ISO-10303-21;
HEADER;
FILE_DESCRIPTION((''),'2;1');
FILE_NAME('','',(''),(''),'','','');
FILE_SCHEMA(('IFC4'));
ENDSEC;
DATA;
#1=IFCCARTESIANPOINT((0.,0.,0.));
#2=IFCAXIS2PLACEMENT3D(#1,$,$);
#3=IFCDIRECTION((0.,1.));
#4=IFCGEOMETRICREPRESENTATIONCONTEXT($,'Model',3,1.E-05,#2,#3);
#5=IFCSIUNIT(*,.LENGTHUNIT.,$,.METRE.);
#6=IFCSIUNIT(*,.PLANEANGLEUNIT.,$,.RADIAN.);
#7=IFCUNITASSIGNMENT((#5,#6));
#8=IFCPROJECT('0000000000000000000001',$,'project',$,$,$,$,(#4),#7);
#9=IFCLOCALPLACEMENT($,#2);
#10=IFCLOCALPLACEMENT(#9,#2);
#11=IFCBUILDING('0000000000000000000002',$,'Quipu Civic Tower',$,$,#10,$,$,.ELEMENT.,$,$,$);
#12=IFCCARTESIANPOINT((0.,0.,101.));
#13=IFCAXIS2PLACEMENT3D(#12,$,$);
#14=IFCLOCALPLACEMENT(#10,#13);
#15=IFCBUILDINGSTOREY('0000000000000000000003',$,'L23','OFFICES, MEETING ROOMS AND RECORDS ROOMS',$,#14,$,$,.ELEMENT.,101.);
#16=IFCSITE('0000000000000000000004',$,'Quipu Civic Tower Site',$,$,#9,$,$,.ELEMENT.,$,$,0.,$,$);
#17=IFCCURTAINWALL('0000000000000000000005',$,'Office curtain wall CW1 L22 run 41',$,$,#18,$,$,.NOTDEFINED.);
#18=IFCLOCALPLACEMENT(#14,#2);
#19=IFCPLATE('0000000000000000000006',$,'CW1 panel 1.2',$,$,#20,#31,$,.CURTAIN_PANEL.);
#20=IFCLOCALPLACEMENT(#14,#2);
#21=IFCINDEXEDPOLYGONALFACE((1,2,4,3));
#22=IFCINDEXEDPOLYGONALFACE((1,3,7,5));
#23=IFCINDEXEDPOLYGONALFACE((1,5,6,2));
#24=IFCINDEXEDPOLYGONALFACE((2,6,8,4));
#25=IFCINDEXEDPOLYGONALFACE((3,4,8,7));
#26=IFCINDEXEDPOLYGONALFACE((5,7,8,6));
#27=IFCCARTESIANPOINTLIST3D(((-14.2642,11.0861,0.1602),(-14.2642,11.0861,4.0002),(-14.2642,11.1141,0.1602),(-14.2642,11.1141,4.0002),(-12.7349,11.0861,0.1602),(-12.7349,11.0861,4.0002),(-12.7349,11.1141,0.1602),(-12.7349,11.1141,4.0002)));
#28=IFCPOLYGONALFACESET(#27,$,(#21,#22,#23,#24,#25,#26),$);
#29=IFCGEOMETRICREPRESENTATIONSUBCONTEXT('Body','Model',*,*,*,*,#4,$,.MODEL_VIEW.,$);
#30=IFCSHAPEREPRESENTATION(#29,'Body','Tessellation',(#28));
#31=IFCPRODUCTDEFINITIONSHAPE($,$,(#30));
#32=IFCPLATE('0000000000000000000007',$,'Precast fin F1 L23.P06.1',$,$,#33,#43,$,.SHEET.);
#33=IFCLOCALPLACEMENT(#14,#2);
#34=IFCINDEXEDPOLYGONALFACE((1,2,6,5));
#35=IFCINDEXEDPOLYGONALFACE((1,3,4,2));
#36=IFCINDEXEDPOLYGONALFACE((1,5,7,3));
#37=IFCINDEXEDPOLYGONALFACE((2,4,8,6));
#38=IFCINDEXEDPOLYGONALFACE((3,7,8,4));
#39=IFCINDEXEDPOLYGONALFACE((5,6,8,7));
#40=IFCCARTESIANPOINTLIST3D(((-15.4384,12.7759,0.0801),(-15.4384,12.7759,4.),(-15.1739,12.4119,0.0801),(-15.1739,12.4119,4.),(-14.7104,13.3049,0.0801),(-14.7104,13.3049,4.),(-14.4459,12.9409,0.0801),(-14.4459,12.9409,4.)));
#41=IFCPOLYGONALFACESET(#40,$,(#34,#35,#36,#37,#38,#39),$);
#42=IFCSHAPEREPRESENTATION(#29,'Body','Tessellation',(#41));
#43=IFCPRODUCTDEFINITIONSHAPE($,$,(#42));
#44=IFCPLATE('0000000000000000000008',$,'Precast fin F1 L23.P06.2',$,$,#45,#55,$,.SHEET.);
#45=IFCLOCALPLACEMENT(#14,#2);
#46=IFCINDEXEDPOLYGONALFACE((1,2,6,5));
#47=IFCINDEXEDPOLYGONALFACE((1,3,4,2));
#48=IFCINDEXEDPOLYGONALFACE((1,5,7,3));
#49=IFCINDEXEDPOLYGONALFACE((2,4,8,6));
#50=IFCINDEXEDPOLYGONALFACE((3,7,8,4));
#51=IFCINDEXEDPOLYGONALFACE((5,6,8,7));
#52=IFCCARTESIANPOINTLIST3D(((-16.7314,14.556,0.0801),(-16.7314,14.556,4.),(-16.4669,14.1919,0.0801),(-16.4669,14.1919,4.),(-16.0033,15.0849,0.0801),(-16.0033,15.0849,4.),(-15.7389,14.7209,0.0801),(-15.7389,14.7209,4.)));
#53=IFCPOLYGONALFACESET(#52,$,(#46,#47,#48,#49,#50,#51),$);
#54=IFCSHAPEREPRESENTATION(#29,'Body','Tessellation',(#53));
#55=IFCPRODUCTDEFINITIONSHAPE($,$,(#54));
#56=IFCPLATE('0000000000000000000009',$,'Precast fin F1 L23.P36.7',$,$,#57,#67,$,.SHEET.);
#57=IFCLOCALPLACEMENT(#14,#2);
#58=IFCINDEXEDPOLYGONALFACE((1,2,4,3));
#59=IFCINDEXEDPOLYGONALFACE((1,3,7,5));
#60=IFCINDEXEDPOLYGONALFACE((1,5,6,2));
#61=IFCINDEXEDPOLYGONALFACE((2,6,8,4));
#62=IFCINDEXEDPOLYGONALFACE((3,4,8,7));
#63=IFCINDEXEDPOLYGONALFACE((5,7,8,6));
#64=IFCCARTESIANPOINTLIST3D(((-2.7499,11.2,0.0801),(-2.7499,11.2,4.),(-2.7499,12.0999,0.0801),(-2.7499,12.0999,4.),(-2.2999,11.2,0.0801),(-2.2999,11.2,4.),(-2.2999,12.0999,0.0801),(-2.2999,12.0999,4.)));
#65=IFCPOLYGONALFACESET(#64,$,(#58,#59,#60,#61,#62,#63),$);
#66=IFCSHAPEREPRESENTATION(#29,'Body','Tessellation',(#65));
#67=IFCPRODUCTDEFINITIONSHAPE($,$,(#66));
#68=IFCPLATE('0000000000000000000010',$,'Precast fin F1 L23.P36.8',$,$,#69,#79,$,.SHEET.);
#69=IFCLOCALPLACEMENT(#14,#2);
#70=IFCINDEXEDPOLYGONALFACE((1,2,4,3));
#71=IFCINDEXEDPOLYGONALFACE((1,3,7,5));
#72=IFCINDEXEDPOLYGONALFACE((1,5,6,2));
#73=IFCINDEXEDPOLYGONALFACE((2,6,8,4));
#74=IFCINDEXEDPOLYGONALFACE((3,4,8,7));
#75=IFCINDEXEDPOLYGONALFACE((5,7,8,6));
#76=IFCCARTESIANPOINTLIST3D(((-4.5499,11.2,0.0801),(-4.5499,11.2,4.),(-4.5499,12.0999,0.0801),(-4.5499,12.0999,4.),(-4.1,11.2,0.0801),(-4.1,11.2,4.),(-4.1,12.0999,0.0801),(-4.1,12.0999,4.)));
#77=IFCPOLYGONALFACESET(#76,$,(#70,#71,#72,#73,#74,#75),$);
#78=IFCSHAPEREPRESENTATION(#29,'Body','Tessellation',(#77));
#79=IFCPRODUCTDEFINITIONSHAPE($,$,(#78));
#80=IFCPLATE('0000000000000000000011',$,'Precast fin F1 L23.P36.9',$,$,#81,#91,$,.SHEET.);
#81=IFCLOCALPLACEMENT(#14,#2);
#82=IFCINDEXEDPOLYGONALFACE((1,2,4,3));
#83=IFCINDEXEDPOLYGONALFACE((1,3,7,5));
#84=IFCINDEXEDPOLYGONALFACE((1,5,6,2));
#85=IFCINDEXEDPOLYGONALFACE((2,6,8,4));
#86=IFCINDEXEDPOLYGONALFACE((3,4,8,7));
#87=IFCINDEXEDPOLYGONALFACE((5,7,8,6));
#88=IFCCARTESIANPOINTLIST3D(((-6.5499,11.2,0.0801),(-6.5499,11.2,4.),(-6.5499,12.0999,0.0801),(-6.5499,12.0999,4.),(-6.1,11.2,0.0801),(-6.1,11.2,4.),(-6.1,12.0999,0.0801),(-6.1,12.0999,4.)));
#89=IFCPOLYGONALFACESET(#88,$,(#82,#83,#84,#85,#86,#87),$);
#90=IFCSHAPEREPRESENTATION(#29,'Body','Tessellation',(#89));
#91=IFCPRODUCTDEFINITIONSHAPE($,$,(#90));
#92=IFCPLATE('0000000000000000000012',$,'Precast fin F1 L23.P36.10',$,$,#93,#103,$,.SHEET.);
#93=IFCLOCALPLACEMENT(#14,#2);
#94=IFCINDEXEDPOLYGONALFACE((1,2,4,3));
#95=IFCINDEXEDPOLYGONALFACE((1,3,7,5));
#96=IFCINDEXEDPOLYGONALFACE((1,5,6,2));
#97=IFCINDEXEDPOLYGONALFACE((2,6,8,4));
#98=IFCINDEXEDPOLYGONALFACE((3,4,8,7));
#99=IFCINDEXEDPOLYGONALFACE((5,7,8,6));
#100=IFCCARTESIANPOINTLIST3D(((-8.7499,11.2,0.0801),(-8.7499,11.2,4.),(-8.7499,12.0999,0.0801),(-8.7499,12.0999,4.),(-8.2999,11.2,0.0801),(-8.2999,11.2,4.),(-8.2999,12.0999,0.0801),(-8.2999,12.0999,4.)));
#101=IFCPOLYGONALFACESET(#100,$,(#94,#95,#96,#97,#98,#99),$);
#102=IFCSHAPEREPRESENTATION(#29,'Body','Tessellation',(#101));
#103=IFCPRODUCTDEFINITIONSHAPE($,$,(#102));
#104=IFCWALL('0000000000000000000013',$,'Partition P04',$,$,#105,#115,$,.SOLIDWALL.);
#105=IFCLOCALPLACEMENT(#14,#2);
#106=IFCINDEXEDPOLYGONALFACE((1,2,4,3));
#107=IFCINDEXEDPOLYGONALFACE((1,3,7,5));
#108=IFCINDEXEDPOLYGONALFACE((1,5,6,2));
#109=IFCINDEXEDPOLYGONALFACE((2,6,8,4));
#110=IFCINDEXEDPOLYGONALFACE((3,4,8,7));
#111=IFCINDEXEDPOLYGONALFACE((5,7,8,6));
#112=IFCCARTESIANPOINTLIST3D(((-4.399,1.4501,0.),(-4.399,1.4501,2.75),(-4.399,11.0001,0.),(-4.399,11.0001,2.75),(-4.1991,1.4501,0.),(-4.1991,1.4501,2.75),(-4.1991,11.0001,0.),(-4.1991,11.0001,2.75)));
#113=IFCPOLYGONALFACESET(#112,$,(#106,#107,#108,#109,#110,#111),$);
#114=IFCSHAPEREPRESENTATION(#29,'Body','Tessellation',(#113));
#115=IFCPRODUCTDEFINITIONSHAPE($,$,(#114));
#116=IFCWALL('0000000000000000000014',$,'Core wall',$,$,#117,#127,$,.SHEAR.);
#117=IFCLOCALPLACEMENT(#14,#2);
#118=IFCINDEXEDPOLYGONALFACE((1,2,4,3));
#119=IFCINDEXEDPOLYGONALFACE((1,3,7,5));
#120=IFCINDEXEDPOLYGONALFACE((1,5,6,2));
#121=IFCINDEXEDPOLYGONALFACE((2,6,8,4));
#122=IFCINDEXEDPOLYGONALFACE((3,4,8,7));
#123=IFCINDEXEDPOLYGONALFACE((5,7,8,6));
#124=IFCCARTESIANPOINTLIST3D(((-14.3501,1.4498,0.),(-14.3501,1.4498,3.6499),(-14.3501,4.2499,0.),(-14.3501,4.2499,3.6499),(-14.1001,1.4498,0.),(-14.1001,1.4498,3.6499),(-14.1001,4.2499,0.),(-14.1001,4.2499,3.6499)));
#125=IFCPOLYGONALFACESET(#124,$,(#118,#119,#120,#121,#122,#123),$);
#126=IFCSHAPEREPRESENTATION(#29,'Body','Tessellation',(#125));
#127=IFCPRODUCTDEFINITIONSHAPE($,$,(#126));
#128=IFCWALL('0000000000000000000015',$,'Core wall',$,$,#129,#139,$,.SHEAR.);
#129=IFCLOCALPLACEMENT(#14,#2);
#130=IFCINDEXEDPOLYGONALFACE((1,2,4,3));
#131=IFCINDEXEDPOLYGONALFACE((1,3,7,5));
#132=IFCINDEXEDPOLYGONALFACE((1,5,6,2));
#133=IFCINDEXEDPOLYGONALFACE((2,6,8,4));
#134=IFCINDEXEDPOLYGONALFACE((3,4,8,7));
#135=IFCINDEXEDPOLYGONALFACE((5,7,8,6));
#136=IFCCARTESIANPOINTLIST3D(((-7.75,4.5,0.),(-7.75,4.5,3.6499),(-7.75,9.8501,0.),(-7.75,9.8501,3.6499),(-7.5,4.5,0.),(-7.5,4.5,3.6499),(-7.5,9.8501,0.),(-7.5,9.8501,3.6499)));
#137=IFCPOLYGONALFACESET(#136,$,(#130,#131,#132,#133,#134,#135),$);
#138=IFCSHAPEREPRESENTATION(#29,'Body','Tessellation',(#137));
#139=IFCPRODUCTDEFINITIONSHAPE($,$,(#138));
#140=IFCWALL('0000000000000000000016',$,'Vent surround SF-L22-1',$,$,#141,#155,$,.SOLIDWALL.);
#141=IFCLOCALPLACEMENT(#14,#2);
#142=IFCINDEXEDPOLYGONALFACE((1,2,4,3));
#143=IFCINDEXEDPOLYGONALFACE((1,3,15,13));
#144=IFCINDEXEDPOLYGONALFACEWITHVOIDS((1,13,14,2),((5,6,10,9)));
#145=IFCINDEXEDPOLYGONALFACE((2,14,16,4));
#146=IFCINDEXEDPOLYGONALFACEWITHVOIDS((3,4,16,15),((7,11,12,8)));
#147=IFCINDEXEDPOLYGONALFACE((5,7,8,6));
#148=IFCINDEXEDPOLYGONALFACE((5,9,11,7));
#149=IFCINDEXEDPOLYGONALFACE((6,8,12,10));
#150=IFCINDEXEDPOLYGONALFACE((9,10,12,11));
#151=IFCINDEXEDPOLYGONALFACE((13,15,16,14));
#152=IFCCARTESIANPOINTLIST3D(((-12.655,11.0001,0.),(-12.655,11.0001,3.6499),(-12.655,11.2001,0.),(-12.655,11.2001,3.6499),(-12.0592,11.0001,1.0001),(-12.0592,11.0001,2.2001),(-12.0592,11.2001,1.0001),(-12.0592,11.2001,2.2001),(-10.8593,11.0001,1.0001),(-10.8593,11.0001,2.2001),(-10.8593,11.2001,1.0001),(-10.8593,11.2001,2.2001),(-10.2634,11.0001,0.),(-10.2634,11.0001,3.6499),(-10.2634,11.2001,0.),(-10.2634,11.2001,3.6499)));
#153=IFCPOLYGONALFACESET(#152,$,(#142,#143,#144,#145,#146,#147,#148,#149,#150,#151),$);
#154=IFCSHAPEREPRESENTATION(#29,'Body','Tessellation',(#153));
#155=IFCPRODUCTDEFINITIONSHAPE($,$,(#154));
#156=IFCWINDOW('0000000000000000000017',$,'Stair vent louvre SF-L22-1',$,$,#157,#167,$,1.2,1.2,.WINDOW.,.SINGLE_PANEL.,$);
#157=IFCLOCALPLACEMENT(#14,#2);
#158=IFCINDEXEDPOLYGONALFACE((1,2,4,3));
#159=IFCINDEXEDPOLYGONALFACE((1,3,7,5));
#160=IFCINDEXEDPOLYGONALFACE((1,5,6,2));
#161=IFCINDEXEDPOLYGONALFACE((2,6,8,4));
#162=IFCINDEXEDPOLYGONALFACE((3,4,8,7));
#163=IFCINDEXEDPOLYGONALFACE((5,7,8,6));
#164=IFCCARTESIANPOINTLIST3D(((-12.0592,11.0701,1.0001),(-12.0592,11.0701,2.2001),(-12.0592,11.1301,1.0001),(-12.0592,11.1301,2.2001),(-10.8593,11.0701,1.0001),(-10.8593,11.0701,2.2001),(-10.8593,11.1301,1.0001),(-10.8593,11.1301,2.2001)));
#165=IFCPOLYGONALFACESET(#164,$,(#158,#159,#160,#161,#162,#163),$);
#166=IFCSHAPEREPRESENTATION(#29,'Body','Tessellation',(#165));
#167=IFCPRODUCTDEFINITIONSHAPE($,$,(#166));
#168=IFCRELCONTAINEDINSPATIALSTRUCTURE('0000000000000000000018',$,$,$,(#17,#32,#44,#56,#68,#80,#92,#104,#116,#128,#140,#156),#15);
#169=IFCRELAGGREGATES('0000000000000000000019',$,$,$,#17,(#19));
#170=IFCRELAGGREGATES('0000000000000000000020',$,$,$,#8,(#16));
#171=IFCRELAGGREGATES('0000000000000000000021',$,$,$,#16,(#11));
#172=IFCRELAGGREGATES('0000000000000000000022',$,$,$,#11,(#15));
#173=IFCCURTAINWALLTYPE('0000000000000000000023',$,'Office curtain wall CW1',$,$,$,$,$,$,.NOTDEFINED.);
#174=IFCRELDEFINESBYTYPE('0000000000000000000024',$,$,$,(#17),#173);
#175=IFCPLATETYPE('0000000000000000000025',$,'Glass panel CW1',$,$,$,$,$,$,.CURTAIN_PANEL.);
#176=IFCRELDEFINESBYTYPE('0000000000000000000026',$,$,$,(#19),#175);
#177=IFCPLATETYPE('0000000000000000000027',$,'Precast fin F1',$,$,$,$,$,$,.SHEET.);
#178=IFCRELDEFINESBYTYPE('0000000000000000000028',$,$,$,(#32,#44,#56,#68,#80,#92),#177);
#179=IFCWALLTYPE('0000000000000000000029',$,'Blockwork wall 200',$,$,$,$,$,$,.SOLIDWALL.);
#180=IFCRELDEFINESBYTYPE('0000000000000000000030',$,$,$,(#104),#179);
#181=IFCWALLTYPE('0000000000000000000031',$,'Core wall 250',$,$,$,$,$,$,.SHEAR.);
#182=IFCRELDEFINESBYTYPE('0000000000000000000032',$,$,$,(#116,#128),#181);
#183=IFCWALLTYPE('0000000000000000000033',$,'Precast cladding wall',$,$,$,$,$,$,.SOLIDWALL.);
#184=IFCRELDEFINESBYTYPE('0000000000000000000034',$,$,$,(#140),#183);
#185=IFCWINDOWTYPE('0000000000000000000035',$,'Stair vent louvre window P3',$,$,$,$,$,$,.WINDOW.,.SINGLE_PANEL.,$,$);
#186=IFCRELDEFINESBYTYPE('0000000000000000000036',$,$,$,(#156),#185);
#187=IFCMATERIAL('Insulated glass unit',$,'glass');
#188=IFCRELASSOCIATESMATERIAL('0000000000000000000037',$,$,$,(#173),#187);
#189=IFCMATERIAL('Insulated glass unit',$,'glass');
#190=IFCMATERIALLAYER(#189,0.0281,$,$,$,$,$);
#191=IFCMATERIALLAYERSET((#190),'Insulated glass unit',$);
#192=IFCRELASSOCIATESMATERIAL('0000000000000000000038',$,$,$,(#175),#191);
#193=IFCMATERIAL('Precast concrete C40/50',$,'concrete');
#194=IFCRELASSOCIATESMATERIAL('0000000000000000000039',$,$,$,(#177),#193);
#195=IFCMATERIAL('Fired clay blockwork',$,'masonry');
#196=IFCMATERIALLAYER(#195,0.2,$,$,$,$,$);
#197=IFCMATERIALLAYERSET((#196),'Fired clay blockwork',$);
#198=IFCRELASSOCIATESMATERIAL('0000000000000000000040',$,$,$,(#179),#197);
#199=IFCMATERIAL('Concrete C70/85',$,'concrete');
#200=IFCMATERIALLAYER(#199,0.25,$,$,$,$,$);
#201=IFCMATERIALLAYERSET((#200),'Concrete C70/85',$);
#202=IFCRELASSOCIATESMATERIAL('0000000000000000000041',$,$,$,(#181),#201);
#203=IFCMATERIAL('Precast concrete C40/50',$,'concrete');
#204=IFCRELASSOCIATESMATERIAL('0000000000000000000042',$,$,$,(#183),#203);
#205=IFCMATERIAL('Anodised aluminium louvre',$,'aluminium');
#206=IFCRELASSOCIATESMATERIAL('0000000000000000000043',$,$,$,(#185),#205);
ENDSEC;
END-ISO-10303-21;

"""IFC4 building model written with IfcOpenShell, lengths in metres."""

from ifc_helpers import new_model, si_unit, direction, frame, frame_2d, origin, origin_2d, place, context, subcontext, project, spatial, rectangle, extrude, material, layer, layer_set, type_object, element, fill, aggregate, save


model = new_model("IFC4")

# Units and contexts
model_context = context("Model", 3, precision=1e-05, world=origin(), true_north=direction((0.0, 1.0)))
body_context = subcontext(model_context, "Body", "Model", "MODEL_VIEW")
ifc_project = project(units=[si_unit("LENGTHUNIT", "METRE"), si_unit("PLANEANGLEUNIT", "RADIAN")], contexts=[model_context])

# Site, building, storey
site_placement = place(None, origin())
site = spatial("IfcSite", under=ifc_project, at=site_placement, Name="Quipu Civic Tower Site", CompositionType="ELEMENT", RefElevation=0.0)
building_placement = place(site_placement, origin())
building = spatial("IfcBuilding", under=site, at=building_placement, Name="Quipu Civic Tower", CompositionType="ELEMENT")
storey_placement = place(building_placement, frame((0.0, 0.0, 101.0)))
storey = spatial("IfcBuildingStorey", under=building, at=storey_placement, Name="L23", Description="OFFICES, MEETING ROOMS AND RECORDS ROOMS", CompositionType="ELEMENT", Elevation=101.0)

# Shared definitions
ifc_material_1 = material(Name="Insulated glass unit", Category="glass")
curtain_wall_type = type_object("IfcCurtainWallType", Name="Office curtain wall CW1", PredefinedType="NOTDEFINED", material=ifc_material_1)

# Curtain wall
curtain_wall_1_placement = place(storey_placement, origin())
curtain_wall_1 = element("IfcCurtainWall", 1, at=curtain_wall_1_placement, inside=storey, type_object=curtain_wall_type, Name="Office curtain wall CW1 L22 run 41", PredefinedType="NOTDEFINED")

# Plate
ifc_material_2 = material(Name="Insulated glass unit", Category="glass")
ifc_layer_1 = layer(ifc_material_2, 0.0281)
ifc_layer_set_1 = layer_set([ifc_layer_1], Name="Insulated glass unit")
plate_type_1 = type_object("IfcPlateType", Name="Glass panel CW1", PredefinedType="CURTAIN_PANEL", material=ifc_layer_set_1)
plate_1_placement = place(storey_placement, frame((-13.4995, 11.1001, 0.1602), z_axis=(0.0, 0.0, 1.0), x_axis=(-1.0, 0.0, 0.0)))
plate_1 = element("IfcPlate", 2, at=plate_1_placement, type_object=plate_type_1, Name="CW1 panel 1.2", PredefinedType="CURTAIN_PANEL", context=body_context, shape_type="SweptSolid", body=[
    extrude(rectangle(XDim=1.5293, YDim=0.0281, at=origin_2d()), origin(), (0.0, 0.0, 1.0), 3.8401),
])
aggregate(curtain_wall_1, [plate_1])

# Plates
ifc_material_3 = material(Name="Precast concrete C40/50", Category="concrete")
plate_type_2 = type_object("IfcPlateType", Name="Precast fin F1", PredefinedType="SHEET", material=ifc_material_3)
for number, where, z_axis, x_axis, name in (
    (3, (-14.9421, 12.8584, 0.0801), (0.0, 0.0, 1.0), (-0.587785, 0.809017, 0.0), "Precast fin F1 L23.P06.1"),
    (4, (-16.2351, 14.6384, 0.0801), (0.0, 0.0, 1.0), (-0.587785, 0.809017, 0.0), "Precast fin F1 L23.P06.2"),
    (5, (-2.5249, 11.6499, 0.0801), (0.0, 0.0, 1.0), (-1.0, 0.0, 0.0), "Precast fin F1 L23.P36.7"),
    (6, (-4.325, 11.6499, 0.0801), (0.0, 0.0, 1.0), (-1.0, 0.0, 0.0), "Precast fin F1 L23.P36.8"),
    (7, (-6.325, 11.6499, 0.0801), (0.0, 0.0, 1.0), (-1.0, 0.0, 0.0), "Precast fin F1 L23.P36.9"),
    (8, (-8.5249, 11.6499, 0.0801), (0.0, 0.0, 1.0), (-1.0, 0.0, 0.0), "Precast fin F1 L23.P36.10"),
):
    element("IfcPlate", number, at=place(storey_placement, frame(where, z_axis=z_axis, x_axis=x_axis)), inside=storey, type_object=plate_type_2, Name=name, PredefinedType="SHEET", context=body_context, shape_type="SweptSolid", body=[
        extrude(rectangle(XDim=0.45, YDim=0.8999, at=origin_2d()), origin(), (0.0, 0.0, 1.0), 3.9199),
    ])

# Walls
ifc_material_4 = material(Name="Fired clay blockwork", Category="masonry")
ifc_layer_2 = layer(ifc_material_4, 0.2)
ifc_layer_set_2 = layer_set([ifc_layer_2], Name="Fired clay blockwork")
wall_type_1 = type_object("IfcWallType", Name="Blockwork wall 200", PredefinedType="SOLIDWALL", material=ifc_layer_set_2)
wall_1_placement = place(storey_placement, frame((-4.2991, 11.0, 0.0), z_axis=(0.0, 0.0, 1.0), x_axis=(0.0, -1.0, 0.0)))
element("IfcWall", 9, at=wall_1_placement, inside=storey, type_object=wall_type_1, Name="Partition P04", PredefinedType="SOLIDWALL", context=body_context, shape_type="SweptSolid", body=[
    extrude(rectangle(XDim=9.55, YDim=0.2, at=frame_2d((4.7749, 0.0))), origin(), (0.0, 0.0, 1.0), 2.75),
])
ifc_material_5 = material(Name="Concrete C70/85", Category="concrete")
ifc_layer_3 = layer(ifc_material_5, 0.25)
ifc_layer_set_3 = layer_set([ifc_layer_3], Name="Concrete C70/85")
wall_type_2 = type_object("IfcWallType", Name="Core wall 250", PredefinedType="SHEAR", material=ifc_layer_set_3)
wall_2_placement = place(storey_placement, frame((-14.2251, 1.45, 0.0), z_axis=(0.0, 0.0, 1.0), x_axis=(0.0, 1.0, 0.0)))
element("IfcWall", 10, at=wall_2_placement, inside=storey, type_object=wall_type_2, Name="Core wall", PredefinedType="SHEAR", context=body_context, shape_type="SweptSolid", body=[
    extrude(rectangle(XDim=2.8, YDim=0.25, at=frame_2d((1.3999, 0.0))), origin(), (0.0, 0.0, 1.0), 3.6499),
])
wall_3_placement = place(storey_placement, frame((-7.625, 4.5, 0.0), z_axis=(0.0, 0.0, 1.0), x_axis=(0.0, 1.0, 0.0)))
element("IfcWall", 11, at=wall_3_placement, inside=storey, type_object=wall_type_2, Name="Core wall", PredefinedType="SHEAR", context=body_context, shape_type="SweptSolid", body=[
    extrude(rectangle(XDim=5.3501, YDim=0.25, at=frame_2d((2.675, 0.0))), origin(), (0.0, 0.0, 1.0), 3.6499),
])

# Wall, opening, window
ifc_material_6 = material(Name="Precast concrete C40/50", Category="concrete")
wall_type_3 = type_object("IfcWallType", Name="Precast cladding wall", PredefinedType="SOLIDWALL", material=ifc_material_6)
wall_4_placement = place(storey_placement, frame((-10.2634, 11.1001, 0.0), z_axis=(0.0, 0.0, 1.0), x_axis=(-1.0, 0.0, 0.0)))
wall_4 = element("IfcWall", 12, at=wall_4_placement, inside=storey, type_object=wall_type_3, Name="Vent surround SF-L22-1", PredefinedType="SOLIDWALL", context=body_context, shape_type="SweptSolid", body=[
    extrude(rectangle(XDim=2.3916, YDim=0.2, at=frame_2d((1.1958, 0.0))), origin(), (0.0, 0.0, 1.0), 3.6499),
])
opening_placement = place(wall_4_placement, frame((0.5957, 0.0, 1.0)))
opening = element("IfcOpeningElement", 13, at=opening_placement, cuts=wall_4, PredefinedType="OPENING", context=body_context, shape_type="SweptSolid", body=[
    extrude(rectangle(XDim=1.2, YDim=1.2, at=frame_2d((0.6001, 0.6001))), frame((0.0, 0.1099, 0.0), z_axis=(0.0, -1.0, 0.0), x_axis=(1.0, 0.0, 0.0)), (0.0, 0.0, 1.0), 0.22),
])
ifc_material_7 = material(Name="Anodised aluminium louvre", Category="aluminium")
window_type = type_object("IfcWindowType", Name="Stair vent louvre window P3", PartitioningType="SINGLE_PANEL", PredefinedType="WINDOW", material=ifc_material_7)
window_placement = place(opening_placement, origin())
window = element("IfcWindow", 14, at=window_placement, inside=storey, type_object=window_type, Name="Stair vent louvre SF-L22-1", OverallHeight=1.2, OverallWidth=1.2, PartitioningType="SINGLE_PANEL", PredefinedType="WINDOW", context=body_context, shape_type="SweptSolid", body=[
    extrude(rectangle(XDim=1.2, YDim=1.2, at=frame_2d((0.6001, 0.6001))), frame((0.0, 0.03, 0.0), z_axis=(0.0, -1.0, 0.0), x_axis=(1.0, 0.0, 0.0)), (0.0, 0.0, 1.0), 0.0601),
])
fill(opening, window)

save(model, "model.ifc")
